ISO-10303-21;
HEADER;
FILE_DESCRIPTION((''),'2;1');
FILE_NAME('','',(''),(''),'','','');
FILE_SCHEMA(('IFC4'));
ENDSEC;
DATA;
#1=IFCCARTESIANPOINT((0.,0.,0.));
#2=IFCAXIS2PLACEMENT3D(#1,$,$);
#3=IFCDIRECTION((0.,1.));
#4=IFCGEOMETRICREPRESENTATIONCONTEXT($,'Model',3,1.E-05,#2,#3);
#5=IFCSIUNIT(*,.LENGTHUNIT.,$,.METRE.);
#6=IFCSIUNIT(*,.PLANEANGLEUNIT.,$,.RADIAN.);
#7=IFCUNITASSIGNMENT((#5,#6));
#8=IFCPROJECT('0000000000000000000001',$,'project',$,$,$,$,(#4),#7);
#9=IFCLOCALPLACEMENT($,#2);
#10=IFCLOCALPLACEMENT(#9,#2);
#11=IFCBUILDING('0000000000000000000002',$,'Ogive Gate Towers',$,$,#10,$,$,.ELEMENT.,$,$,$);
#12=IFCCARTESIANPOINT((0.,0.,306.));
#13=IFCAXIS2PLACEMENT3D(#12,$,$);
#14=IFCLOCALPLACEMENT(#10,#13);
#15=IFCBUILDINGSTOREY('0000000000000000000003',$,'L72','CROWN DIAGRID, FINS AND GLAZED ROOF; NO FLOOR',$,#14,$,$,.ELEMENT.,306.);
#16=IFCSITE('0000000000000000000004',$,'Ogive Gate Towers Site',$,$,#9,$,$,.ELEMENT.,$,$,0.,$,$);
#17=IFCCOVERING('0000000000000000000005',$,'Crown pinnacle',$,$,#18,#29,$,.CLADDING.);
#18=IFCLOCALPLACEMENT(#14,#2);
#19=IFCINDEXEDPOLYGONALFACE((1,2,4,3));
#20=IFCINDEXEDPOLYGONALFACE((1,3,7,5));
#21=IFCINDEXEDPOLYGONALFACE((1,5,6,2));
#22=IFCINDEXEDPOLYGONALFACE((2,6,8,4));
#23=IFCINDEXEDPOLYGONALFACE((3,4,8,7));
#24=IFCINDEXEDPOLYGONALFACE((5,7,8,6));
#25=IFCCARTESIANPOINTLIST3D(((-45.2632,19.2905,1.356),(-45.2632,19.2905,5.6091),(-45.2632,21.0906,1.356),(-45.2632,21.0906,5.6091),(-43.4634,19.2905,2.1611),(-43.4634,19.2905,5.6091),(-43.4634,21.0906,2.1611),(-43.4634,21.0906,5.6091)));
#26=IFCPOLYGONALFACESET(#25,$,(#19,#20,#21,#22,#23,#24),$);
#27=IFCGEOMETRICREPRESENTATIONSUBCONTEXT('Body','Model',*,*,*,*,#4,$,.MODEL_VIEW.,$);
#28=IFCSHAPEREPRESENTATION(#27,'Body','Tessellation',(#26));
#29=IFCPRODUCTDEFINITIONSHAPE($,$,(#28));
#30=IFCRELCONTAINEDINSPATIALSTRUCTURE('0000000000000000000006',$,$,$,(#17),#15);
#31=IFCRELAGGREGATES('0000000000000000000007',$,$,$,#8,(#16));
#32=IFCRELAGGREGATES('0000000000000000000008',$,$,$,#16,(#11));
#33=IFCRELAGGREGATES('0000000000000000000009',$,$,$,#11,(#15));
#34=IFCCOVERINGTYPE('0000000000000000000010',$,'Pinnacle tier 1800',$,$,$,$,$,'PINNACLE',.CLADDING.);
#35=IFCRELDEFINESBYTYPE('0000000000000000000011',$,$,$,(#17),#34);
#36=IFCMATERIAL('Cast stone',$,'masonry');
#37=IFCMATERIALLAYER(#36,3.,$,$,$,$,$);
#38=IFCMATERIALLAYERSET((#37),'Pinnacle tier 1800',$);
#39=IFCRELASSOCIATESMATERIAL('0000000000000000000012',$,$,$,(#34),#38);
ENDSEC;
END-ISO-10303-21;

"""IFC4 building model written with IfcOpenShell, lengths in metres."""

from ifc_helpers import new_model, si_unit, direction, frame, origin, place, context, subcontext, project, spatial, polyline, outline, extrude, material, layer, layer_set, type_object, element, save


model = new_model("IFC4")

# Units and contexts
model_context = context("Model", 3, precision=1e-05, world=origin(), true_north=direction((0.0, 1.0)))
body_context = subcontext(model_context, "Body", "Model", "MODEL_VIEW")
ifc_project = project(units=[si_unit("LENGTHUNIT", "METRE"), si_unit("PLANEANGLEUNIT", "RADIAN")], contexts=[model_context])

# Site, building, storey
site_placement = place(None, origin())
site = spatial("IfcSite", under=ifc_project, at=site_placement, Name="Ogive Gate Towers Site", CompositionType="ELEMENT", RefElevation=0.0)
building_placement = place(site_placement, origin())
building = spatial("IfcBuilding", under=site, at=building_placement, Name="Ogive Gate Towers", CompositionType="ELEMENT")
storey_placement = place(building_placement, frame((0.0, 0.0, 306.0)))
storey = spatial("IfcBuildingStorey", under=building, at=storey_placement, Name="L72", Description="CROWN DIAGRID, FINS AND GLAZED ROOF; NO FLOOR", CompositionType="ELEMENT", Elevation=306.0)

# Covering
ifc_material_1 = material(Name="Cast stone", Category="masonry")
ifc_layer_1 = layer(ifc_material_1, 3.0)
ifc_layer_set_1 = layer_set([ifc_layer_1], Name="Pinnacle tier 1800")
covering_type = type_object("IfcCoveringType", Name="Pinnacle tier 1800", ElementType="PINNACLE", PredefinedType="CLADDING", material=ifc_layer_set_1)
covering_placement = place(storey_placement, frame((-44.3633, 19.2905, 1.7585), z_axis=(0.0, 1.0, 0.0), x_axis=(-1.0, 0.0, 0.0)))
element("IfcCovering", 1, at=covering_placement, inside=storey, type_object=covering_type, Name="Crown pinnacle", PredefinedType="CLADDING", context=body_context, shape_type="SweptSolid", body=[
    extrude(outline(polyline([(0.8999, -0.4026), (-0.8999, 0.4026), (-0.8999, 3.8506), (0.8999, 3.8506), (0.8999, -0.4026)])), origin(), (0.0, 0.0, 1.0), 1.8),
])

save(model, "model.ifc")
